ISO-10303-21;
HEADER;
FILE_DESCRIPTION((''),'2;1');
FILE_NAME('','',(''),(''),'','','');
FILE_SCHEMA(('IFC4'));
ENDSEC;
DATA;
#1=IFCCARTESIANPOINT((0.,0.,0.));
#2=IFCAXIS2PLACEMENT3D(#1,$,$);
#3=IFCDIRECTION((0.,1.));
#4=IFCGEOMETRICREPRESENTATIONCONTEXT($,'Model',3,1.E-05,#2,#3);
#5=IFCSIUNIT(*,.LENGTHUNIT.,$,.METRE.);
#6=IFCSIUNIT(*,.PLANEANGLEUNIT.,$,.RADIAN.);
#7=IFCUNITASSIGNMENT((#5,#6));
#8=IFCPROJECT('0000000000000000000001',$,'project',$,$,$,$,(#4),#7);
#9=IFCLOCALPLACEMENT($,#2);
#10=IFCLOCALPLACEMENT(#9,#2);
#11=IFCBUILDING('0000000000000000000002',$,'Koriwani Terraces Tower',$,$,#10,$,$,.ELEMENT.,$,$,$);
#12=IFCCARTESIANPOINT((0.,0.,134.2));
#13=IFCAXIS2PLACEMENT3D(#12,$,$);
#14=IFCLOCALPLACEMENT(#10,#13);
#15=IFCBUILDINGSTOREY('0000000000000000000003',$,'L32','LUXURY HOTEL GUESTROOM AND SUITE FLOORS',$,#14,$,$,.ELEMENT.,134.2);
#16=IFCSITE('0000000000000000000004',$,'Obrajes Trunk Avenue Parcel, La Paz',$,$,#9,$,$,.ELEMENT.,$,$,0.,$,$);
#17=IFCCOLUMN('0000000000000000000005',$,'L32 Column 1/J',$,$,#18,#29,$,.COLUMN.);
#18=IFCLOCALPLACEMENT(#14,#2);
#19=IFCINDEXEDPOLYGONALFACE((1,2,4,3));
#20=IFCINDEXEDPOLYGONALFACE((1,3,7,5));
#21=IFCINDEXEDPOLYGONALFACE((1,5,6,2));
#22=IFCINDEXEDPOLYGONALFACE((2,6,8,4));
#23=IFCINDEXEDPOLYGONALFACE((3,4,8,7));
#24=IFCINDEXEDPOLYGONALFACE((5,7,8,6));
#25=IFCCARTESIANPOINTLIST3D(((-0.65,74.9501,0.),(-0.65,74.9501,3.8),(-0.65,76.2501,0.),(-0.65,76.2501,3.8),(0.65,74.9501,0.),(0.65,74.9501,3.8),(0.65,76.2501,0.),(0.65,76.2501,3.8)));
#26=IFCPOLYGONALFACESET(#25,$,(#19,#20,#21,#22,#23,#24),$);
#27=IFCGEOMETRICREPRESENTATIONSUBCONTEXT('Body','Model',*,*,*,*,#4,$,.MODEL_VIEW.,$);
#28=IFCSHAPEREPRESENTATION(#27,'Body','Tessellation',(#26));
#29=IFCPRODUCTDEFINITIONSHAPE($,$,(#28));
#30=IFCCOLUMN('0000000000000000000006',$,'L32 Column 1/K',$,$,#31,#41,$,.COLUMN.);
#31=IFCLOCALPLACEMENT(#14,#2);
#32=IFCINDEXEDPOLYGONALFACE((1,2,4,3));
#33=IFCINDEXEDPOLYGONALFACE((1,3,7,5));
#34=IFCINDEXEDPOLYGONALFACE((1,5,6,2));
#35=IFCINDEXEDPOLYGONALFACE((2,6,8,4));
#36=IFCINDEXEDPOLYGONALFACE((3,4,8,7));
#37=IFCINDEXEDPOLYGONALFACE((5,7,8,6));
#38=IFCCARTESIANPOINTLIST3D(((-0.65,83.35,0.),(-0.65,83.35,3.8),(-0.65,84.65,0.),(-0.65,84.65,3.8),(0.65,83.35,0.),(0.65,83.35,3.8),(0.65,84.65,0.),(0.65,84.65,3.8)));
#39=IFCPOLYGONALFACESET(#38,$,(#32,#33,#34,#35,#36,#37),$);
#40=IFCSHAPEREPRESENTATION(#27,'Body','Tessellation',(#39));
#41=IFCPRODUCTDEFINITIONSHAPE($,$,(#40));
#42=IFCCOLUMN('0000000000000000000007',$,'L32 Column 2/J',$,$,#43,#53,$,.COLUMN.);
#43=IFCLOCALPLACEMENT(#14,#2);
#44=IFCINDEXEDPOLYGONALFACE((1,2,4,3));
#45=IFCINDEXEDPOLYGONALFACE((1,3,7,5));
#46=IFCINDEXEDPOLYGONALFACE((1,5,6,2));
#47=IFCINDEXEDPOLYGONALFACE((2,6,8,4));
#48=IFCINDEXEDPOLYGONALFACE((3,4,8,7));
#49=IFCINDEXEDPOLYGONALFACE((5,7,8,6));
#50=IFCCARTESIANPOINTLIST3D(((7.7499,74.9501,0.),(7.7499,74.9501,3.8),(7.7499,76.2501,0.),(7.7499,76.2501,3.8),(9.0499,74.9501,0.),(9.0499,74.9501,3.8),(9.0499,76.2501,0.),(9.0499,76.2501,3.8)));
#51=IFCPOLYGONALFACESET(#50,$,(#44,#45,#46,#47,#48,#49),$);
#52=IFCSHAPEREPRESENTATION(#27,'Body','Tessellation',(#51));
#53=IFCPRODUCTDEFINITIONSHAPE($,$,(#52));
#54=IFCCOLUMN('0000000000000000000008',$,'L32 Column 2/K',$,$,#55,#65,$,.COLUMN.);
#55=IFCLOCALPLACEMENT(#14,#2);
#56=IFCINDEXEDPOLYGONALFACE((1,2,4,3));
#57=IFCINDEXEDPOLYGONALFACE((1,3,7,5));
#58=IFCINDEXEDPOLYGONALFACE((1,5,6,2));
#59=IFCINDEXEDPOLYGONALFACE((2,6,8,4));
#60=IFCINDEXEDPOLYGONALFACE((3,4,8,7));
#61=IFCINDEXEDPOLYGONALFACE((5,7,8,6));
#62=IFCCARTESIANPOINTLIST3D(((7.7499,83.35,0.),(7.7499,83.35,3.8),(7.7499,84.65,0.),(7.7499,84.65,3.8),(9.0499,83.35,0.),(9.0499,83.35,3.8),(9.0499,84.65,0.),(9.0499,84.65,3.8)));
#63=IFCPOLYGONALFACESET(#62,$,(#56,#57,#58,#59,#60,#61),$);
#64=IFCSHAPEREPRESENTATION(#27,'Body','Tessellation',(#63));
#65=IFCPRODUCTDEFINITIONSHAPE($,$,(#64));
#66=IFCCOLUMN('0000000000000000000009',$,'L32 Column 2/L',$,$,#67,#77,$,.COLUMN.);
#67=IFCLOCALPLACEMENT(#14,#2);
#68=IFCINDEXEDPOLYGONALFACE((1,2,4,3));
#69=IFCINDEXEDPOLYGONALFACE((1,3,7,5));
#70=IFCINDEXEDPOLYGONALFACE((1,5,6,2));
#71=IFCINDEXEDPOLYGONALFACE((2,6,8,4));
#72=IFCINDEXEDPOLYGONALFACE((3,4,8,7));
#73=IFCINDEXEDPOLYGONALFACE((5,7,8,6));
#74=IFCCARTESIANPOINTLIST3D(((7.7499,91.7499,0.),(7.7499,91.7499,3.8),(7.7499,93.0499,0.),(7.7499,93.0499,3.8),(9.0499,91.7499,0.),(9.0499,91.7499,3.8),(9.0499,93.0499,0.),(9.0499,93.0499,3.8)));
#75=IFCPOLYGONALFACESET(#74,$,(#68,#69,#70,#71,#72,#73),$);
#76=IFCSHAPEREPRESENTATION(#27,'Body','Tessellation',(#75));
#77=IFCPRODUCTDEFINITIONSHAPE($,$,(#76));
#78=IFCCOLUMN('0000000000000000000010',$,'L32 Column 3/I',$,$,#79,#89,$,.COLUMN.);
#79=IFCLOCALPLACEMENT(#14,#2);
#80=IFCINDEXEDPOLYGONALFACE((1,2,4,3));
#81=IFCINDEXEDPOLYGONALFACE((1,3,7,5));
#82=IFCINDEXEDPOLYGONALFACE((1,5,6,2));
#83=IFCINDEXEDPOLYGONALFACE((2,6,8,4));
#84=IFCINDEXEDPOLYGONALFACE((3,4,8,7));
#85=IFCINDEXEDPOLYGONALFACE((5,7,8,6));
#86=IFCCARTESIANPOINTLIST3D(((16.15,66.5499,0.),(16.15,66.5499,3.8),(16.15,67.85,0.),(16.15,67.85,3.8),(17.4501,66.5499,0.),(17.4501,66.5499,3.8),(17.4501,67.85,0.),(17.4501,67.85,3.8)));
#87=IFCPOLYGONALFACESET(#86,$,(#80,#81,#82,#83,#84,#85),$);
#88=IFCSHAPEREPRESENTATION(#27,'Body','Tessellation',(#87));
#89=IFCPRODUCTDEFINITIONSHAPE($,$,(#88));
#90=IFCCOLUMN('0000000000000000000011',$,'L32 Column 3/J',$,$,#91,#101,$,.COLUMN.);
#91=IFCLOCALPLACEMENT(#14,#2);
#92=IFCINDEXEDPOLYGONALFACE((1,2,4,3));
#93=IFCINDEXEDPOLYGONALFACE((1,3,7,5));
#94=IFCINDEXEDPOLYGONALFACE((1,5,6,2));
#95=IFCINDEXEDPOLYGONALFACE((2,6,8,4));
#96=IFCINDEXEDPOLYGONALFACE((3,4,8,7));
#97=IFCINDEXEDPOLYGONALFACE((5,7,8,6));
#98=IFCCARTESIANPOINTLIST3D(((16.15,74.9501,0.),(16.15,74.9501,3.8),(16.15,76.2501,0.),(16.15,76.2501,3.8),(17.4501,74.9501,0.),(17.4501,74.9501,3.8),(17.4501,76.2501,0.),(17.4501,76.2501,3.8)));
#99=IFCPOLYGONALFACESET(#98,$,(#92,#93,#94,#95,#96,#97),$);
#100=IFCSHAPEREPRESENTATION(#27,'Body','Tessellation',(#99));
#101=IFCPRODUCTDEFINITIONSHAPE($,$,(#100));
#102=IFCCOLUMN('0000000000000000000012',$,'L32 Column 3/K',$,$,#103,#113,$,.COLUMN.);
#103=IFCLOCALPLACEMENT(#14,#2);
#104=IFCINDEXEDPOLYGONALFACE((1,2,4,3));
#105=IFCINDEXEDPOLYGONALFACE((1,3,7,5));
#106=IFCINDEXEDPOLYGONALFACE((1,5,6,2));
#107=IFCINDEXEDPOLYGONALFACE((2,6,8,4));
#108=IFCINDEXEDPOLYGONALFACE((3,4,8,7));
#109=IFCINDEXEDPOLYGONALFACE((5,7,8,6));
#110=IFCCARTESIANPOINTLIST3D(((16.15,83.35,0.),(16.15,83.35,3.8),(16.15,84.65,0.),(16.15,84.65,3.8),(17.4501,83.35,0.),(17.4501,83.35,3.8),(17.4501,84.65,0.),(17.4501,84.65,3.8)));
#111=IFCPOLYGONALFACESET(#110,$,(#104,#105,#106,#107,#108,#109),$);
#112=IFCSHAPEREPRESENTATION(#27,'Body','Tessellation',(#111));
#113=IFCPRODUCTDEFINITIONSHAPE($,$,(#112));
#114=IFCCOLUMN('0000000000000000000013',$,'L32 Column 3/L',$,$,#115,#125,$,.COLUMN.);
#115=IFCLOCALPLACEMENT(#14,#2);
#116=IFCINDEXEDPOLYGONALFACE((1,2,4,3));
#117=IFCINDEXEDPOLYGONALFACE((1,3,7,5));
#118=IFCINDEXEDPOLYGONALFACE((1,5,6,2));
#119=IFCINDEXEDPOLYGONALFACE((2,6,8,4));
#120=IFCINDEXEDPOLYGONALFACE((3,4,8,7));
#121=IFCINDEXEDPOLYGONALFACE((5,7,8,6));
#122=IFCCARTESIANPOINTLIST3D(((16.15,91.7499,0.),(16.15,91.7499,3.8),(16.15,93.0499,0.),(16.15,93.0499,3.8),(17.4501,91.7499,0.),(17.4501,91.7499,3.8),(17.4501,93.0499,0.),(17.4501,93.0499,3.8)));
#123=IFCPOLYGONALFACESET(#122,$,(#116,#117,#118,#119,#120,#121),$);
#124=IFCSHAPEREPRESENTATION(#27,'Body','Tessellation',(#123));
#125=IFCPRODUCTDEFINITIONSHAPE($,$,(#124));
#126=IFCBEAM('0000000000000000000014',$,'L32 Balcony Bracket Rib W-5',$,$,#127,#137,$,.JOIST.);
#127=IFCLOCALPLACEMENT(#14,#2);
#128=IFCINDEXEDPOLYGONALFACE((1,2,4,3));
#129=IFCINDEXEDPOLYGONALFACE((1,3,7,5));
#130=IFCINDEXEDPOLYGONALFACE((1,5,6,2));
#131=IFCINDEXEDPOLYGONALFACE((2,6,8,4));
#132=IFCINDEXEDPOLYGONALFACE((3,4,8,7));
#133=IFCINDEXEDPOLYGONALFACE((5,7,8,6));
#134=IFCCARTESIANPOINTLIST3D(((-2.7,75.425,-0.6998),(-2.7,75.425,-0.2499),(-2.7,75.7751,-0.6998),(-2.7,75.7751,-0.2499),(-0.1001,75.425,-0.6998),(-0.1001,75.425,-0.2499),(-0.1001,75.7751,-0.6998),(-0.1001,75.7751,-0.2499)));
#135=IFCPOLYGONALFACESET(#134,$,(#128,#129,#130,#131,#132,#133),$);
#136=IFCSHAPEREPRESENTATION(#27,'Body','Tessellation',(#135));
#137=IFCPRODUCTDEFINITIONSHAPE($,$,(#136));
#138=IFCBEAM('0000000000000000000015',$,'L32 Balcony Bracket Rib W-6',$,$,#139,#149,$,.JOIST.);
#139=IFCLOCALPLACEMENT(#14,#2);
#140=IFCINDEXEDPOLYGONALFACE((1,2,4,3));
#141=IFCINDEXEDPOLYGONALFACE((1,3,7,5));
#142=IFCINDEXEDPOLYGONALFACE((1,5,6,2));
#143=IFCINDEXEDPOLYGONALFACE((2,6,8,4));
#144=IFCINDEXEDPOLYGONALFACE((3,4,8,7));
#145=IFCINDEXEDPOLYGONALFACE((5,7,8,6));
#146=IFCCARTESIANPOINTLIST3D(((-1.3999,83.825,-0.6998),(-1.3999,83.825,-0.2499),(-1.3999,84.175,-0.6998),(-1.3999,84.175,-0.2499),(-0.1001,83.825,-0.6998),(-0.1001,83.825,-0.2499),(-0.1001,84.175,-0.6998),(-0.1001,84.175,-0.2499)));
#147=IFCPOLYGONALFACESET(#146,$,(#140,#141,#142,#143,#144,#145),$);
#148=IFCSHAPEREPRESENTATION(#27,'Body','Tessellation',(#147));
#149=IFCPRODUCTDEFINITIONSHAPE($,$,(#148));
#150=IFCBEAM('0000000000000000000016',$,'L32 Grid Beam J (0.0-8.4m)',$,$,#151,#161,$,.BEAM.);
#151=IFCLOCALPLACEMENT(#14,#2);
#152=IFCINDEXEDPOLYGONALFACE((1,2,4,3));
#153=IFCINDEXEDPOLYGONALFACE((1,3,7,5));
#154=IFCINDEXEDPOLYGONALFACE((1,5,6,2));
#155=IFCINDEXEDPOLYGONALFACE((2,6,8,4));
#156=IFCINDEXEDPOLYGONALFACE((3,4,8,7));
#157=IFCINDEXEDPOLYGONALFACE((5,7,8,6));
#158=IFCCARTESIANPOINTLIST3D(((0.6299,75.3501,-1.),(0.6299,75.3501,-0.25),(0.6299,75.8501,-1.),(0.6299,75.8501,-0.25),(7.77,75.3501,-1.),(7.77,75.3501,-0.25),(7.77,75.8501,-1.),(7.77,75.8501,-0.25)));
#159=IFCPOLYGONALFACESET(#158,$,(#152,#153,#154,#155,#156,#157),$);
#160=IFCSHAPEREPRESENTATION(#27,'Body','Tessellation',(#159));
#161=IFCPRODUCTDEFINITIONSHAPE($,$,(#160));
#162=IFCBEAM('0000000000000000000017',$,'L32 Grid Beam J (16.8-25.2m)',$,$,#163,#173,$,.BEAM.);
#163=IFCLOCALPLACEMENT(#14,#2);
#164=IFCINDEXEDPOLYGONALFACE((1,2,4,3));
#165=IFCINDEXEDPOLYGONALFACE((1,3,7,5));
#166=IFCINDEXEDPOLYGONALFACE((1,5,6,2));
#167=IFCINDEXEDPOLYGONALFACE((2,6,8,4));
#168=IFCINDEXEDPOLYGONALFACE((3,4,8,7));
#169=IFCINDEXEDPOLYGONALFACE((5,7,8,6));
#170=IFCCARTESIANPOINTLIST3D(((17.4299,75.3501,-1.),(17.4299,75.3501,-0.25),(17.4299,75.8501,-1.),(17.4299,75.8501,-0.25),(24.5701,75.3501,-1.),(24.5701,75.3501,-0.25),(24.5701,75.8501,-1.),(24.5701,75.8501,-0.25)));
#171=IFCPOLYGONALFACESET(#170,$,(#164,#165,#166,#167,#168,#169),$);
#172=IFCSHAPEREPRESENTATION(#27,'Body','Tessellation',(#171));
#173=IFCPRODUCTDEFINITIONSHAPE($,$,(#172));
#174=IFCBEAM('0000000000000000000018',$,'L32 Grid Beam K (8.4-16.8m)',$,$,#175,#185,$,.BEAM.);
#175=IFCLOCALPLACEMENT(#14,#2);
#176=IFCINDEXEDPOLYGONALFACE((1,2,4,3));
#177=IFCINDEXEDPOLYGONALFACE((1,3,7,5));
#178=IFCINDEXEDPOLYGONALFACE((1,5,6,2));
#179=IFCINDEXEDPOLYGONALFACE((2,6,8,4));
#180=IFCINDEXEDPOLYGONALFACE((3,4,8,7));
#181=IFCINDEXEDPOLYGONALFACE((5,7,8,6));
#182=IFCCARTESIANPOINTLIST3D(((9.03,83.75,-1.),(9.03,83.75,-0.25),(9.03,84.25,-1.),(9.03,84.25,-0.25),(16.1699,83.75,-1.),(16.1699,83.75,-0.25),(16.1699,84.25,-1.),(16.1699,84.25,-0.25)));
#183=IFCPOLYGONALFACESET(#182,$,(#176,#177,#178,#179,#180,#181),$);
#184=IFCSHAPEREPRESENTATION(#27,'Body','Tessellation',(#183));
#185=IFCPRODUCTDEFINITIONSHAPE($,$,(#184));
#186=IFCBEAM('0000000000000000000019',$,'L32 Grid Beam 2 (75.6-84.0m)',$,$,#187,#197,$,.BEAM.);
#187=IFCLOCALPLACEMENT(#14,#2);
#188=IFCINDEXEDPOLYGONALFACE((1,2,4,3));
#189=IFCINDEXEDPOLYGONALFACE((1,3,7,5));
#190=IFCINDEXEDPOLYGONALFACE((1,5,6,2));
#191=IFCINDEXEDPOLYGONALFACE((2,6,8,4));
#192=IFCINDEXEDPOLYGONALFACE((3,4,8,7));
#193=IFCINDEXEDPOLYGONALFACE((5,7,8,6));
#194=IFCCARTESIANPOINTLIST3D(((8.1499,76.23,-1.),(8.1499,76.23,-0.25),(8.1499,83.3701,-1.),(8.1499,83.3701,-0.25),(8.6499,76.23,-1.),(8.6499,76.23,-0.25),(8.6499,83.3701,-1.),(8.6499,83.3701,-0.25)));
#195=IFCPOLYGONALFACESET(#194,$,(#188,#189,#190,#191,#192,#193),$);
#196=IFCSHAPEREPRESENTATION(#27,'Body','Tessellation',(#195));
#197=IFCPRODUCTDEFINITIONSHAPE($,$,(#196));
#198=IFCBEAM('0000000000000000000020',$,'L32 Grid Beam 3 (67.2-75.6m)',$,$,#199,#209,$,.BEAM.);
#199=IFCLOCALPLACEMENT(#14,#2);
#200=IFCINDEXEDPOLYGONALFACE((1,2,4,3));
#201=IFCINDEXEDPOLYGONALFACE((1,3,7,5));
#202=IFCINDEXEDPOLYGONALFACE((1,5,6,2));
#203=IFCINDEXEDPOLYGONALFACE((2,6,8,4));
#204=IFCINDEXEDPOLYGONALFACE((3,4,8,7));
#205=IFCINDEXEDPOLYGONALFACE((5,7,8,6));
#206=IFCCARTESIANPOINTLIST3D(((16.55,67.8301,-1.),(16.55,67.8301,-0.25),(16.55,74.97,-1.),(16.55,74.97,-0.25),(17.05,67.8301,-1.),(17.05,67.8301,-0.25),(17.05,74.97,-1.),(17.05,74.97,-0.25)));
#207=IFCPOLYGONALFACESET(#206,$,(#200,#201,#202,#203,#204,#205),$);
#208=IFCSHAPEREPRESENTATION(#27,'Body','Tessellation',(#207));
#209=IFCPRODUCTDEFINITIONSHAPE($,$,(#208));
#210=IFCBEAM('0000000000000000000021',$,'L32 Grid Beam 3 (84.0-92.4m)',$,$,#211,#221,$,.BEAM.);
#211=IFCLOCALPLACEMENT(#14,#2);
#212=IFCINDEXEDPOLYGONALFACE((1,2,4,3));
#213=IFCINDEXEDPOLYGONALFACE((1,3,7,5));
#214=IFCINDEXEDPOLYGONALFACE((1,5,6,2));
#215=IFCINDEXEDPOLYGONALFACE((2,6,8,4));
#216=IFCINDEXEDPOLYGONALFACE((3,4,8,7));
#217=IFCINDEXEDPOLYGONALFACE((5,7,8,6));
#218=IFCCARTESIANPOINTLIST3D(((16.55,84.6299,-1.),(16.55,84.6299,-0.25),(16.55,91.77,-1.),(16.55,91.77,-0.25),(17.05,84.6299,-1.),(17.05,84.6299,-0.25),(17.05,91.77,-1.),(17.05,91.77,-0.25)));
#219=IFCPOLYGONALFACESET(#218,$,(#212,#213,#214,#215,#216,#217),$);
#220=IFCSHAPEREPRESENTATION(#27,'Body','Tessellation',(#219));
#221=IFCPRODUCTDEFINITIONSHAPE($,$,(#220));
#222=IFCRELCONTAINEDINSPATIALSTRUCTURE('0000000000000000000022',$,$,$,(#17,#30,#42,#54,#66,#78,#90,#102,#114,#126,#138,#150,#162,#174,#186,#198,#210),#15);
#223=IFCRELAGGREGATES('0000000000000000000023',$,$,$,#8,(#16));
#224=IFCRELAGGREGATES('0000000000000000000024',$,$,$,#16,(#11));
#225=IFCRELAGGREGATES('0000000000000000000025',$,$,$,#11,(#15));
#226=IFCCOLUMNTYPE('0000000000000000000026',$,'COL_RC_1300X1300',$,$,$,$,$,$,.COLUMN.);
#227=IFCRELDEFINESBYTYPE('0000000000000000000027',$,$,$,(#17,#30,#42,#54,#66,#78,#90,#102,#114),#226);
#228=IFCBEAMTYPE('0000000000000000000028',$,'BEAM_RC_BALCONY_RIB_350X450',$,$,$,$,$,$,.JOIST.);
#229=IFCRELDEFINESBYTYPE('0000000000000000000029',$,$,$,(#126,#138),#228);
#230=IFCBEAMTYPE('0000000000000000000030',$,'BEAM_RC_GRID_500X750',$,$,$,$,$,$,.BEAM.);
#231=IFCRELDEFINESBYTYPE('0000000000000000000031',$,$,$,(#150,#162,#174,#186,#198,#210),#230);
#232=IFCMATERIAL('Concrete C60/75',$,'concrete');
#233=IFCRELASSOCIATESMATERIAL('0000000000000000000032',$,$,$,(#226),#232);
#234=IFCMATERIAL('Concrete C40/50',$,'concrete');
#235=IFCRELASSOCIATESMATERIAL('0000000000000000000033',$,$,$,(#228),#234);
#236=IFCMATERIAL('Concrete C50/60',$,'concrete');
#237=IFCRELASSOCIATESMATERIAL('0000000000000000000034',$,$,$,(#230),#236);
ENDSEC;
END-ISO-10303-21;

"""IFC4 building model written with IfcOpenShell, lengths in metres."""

from ifc_helpers import new_model, si_unit, direction, frame, origin, origin_2d, place, context, subcontext, project, spatial, rectangle, extrude, material, material_profile, profile_set, type_object, element, save


model = new_model("IFC4")

# Units and contexts
model_context = context("Model", 3, precision=1e-05, world=origin(), true_north=direction((0.0, 1.0)))
body_context = subcontext(model_context, "Body", "Model", "MODEL_VIEW")
ifc_project = project(units=[si_unit("LENGTHUNIT", "METRE"), si_unit("PLANEANGLEUNIT", "RADIAN")], contexts=[model_context])

# Site, building, storey
site_placement = place(None, origin())
site = spatial("IfcSite", under=ifc_project, at=site_placement, Name="Obrajes Trunk Avenue Parcel, La Paz", CompositionType="ELEMENT", RefElevation=0.0)
building_placement = place(site_placement, origin())
building = spatial("IfcBuilding", under=site, at=building_placement, Name="Koriwani Terraces Tower", CompositionType="ELEMENT")
storey_placement = place(building_placement, frame((0.0, 0.0, 134.2)))
storey = spatial("IfcBuildingStorey", under=building, at=storey_placement, Name="L32", Description="LUXURY HOTEL GUESTROOM AND SUITE FLOORS", CompositionType="ELEMENT", Elevation=134.2)

# Columns
ifc_material_1 = material(Name="Concrete C60/75", Category="concrete")
ifc_material_profile_1 = material_profile(ifc_material_1, rectangle(XDim=1.3, YDim=1.3, at=origin_2d()), Name="Concrete C60/75", Category="LoadBearing")
ifc_profile_set_1 = profile_set([ifc_material_profile_1], Name="Concrete C60/75")
column_type = type_object("IfcColumnType", Name="COL_RC_1300X1300", PredefinedType="COLUMN", material=ifc_profile_set_1)
for number, where, z_axis, x_axis, name in (
    (1, (0.0, 75.6001, 0.0), (0.0, 0.0, 1.0), (1.0, 0.0, 0.0), "L32 Column 1/J"),
    (2, (0.0, 84.0, 0.0), (0.0, 0.0, 1.0), (1.0, 0.0, 0.0), "L32 Column 1/K"),
    (3, (8.3999, 75.6001, 0.0), (0.0, 0.0, 1.0), (1.0, 0.0, 0.0), "L32 Column 2/J"),
    (4, (8.3999, 84.0, 0.0), (0.0, 0.0, 1.0), (1.0, 0.0, 0.0), "L32 Column 2/K"),
    (5, (8.3999, 92.3999, 0.0), (0.0, 0.0, 1.0), (1.0, 0.0, 0.0), "L32 Column 2/L"),
    (6, (16.8, 67.2, 0.0), (0.0, 0.0, 1.0), (1.0, 0.0, 0.0), "L32 Column 3/I"),
    (7, (16.8, 75.6001, 0.0), (0.0, 0.0, 1.0), (1.0, 0.0, 0.0), "L32 Column 3/J"),
    (8, (16.8, 84.0, 0.0), (0.0, 0.0, 1.0), (1.0, 0.0, 0.0), "L32 Column 3/K"),
    (9, (16.8, 92.3999, 0.0), (0.0, 0.0, 1.0), (1.0, 0.0, 0.0), "L32 Column 3/L"),
):
    element("IfcColumn", number, at=place(storey_placement, frame(where, z_axis=z_axis, x_axis=x_axis)), inside=storey, type_object=column_type, Name=name, PredefinedType="COLUMN", context=body_context, shape_type="SweptSolid", body=[
        extrude(rectangle(XDim=1.3, YDim=1.3, at=origin_2d()), origin(), (0.0, 0.0, 1.0), 3.8),
    ])

# Beams
ifc_material_2 = material(Name="Concrete C40/50", Category="concrete")
ifc_material_profile_2 = material_profile(ifc_material_2, rectangle(XDim=0.3501, YDim=0.45, at=origin_2d()), Name="Concrete C40/50", Category="LoadBearing")
ifc_profile_set_2 = profile_set([ifc_material_profile_2], Name="Concrete C40/50")
beam_type_1 = type_object("IfcBeamType", Name="BEAM_RC_BALCONY_RIB_350X450", PredefinedType="JOIST", material=ifc_profile_set_2)
beam_1_placement = place(storey_placement, frame((-2.7, 75.6001, -0.4749), z_axis=(1.0, 0.0, 0.0), x_axis=(0.0, 1.0, 0.0)))
element("IfcBeam", 10, at=beam_1_placement, inside=storey, type_object=beam_type_1, Name="L32 Balcony Bracket Rib W-5", PredefinedType="JOIST", context=body_context, shape_type="SweptSolid", body=[
    extrude(rectangle(XDim=0.3501, YDim=0.45, at=origin_2d()), origin(), (0.0, 0.0, 1.0), 2.5999),
])
beam_2_placement = place(storey_placement, frame((-1.3999, 84.0, -0.4749), z_axis=(1.0, 0.0, 0.0), x_axis=(0.0, 1.0, 0.0)))
element("IfcBeam", 11, at=beam_2_placement, inside=storey, type_object=beam_type_1, Name="L32 Balcony Bracket Rib W-6", PredefinedType="JOIST", context=body_context, shape_type="SweptSolid", body=[
    extrude(rectangle(XDim=0.3501, YDim=0.45, at=origin_2d()), origin(), (0.0, 0.0, 1.0), 1.2998),
])
ifc_material_3 = material(Name="Concrete C50/60", Category="concrete")
ifc_material_profile_3 = material_profile(ifc_material_3, rectangle(XDim=0.5, YDim=0.75, at=origin_2d()), Name="Concrete C50/60", Category="LoadBearing")
ifc_profile_set_3 = profile_set([ifc_material_profile_3], Name="Concrete C50/60")
beam_type_2 = type_object("IfcBeamType", Name="BEAM_RC_GRID_500X750", PredefinedType="BEAM", material=ifc_profile_set_3)
for number, where, z_axis, x_axis, name in (
    (12, (0.6299, 75.6001, -0.625), (1.0, 0.0, 0.0), (0.0, 1.0, 0.0), "L32 Grid Beam J (0.0-8.4m)"),
    (13, (17.4299, 75.6001, -0.625), (1.0, 0.0, 0.0), (0.0, 1.0, 0.0), "L32 Grid Beam J (16.8-25.2m)"),
):
    element("IfcBeam", number, at=place(storey_placement, frame(where, z_axis=z_axis, x_axis=x_axis)), inside=storey, type_object=beam_type_2, Name=name, PredefinedType="BEAM", context=body_context, shape_type="SweptSolid", body=[
        extrude(rectangle(XDim=0.5, YDim=0.75, at=origin_2d()), origin(), (0.0, 0.0, 1.0), 7.1401),
    ])
beam_3_placement = place(storey_placement, frame((9.03, 84.0, -0.625), z_axis=(1.0, 0.0, 0.0), x_axis=(0.0, 1.0, 0.0)))
element("IfcBeam", 14, at=beam_3_placement, inside=storey, type_object=beam_type_2, Name="L32 Grid Beam K (8.4-16.8m)", PredefinedType="BEAM", context=body_context, shape_type="SweptSolid", body=[
    extrude(rectangle(XDim=0.5, YDim=0.75, at=origin_2d()), origin(), (0.0, 0.0, 1.0), 7.1399),
])
beam_4_placement = place(storey_placement, frame((8.3999, 76.23, -0.625), z_axis=(0.0, 1.0, 0.0), x_axis=(-1.0, 0.0, 0.0)))
element("IfcBeam", 15, at=beam_4_placement, inside=storey, type_object=beam_type_2, Name="L32 Grid Beam 2 (75.6-84.0m)", PredefinedType="BEAM", context=body_context, shape_type="SweptSolid", body=[
    extrude(rectangle(XDim=0.5, YDim=0.75, at=origin_2d()), origin(), (0.0, 0.0, 1.0), 7.1401),
])
beam_5_placement = place(storey_placement, frame((16.8, 67.8301, -0.625), z_axis=(0.0, 1.0, 0.0), x_axis=(-1.0, 0.0, 0.0)))
element("IfcBeam", 16, at=beam_5_placement, inside=storey, type_object=beam_type_2, Name="L32 Grid Beam 3 (67.2-75.6m)", PredefinedType="BEAM", context=body_context, shape_type="SweptSolid", body=[
    extrude(rectangle(XDim=0.5, YDim=0.75, at=origin_2d()), origin(), (0.0, 0.0, 1.0), 7.1399),
])
beam_6_placement = place(storey_placement, frame((16.8, 84.6299, -0.625), z_axis=(0.0, 1.0, 0.0), x_axis=(-1.0, 0.0, 0.0)))
element("IfcBeam", 17, at=beam_6_placement, inside=storey, type_object=beam_type_2, Name="L32 Grid Beam 3 (84.0-92.4m)", PredefinedType="BEAM", context=body_context, shape_type="SweptSolid", body=[
    extrude(rectangle(XDim=0.5, YDim=0.75, at=origin_2d()), origin(), (0.0, 0.0, 1.0), 7.1401),
])

save(model, "model.ifc")
